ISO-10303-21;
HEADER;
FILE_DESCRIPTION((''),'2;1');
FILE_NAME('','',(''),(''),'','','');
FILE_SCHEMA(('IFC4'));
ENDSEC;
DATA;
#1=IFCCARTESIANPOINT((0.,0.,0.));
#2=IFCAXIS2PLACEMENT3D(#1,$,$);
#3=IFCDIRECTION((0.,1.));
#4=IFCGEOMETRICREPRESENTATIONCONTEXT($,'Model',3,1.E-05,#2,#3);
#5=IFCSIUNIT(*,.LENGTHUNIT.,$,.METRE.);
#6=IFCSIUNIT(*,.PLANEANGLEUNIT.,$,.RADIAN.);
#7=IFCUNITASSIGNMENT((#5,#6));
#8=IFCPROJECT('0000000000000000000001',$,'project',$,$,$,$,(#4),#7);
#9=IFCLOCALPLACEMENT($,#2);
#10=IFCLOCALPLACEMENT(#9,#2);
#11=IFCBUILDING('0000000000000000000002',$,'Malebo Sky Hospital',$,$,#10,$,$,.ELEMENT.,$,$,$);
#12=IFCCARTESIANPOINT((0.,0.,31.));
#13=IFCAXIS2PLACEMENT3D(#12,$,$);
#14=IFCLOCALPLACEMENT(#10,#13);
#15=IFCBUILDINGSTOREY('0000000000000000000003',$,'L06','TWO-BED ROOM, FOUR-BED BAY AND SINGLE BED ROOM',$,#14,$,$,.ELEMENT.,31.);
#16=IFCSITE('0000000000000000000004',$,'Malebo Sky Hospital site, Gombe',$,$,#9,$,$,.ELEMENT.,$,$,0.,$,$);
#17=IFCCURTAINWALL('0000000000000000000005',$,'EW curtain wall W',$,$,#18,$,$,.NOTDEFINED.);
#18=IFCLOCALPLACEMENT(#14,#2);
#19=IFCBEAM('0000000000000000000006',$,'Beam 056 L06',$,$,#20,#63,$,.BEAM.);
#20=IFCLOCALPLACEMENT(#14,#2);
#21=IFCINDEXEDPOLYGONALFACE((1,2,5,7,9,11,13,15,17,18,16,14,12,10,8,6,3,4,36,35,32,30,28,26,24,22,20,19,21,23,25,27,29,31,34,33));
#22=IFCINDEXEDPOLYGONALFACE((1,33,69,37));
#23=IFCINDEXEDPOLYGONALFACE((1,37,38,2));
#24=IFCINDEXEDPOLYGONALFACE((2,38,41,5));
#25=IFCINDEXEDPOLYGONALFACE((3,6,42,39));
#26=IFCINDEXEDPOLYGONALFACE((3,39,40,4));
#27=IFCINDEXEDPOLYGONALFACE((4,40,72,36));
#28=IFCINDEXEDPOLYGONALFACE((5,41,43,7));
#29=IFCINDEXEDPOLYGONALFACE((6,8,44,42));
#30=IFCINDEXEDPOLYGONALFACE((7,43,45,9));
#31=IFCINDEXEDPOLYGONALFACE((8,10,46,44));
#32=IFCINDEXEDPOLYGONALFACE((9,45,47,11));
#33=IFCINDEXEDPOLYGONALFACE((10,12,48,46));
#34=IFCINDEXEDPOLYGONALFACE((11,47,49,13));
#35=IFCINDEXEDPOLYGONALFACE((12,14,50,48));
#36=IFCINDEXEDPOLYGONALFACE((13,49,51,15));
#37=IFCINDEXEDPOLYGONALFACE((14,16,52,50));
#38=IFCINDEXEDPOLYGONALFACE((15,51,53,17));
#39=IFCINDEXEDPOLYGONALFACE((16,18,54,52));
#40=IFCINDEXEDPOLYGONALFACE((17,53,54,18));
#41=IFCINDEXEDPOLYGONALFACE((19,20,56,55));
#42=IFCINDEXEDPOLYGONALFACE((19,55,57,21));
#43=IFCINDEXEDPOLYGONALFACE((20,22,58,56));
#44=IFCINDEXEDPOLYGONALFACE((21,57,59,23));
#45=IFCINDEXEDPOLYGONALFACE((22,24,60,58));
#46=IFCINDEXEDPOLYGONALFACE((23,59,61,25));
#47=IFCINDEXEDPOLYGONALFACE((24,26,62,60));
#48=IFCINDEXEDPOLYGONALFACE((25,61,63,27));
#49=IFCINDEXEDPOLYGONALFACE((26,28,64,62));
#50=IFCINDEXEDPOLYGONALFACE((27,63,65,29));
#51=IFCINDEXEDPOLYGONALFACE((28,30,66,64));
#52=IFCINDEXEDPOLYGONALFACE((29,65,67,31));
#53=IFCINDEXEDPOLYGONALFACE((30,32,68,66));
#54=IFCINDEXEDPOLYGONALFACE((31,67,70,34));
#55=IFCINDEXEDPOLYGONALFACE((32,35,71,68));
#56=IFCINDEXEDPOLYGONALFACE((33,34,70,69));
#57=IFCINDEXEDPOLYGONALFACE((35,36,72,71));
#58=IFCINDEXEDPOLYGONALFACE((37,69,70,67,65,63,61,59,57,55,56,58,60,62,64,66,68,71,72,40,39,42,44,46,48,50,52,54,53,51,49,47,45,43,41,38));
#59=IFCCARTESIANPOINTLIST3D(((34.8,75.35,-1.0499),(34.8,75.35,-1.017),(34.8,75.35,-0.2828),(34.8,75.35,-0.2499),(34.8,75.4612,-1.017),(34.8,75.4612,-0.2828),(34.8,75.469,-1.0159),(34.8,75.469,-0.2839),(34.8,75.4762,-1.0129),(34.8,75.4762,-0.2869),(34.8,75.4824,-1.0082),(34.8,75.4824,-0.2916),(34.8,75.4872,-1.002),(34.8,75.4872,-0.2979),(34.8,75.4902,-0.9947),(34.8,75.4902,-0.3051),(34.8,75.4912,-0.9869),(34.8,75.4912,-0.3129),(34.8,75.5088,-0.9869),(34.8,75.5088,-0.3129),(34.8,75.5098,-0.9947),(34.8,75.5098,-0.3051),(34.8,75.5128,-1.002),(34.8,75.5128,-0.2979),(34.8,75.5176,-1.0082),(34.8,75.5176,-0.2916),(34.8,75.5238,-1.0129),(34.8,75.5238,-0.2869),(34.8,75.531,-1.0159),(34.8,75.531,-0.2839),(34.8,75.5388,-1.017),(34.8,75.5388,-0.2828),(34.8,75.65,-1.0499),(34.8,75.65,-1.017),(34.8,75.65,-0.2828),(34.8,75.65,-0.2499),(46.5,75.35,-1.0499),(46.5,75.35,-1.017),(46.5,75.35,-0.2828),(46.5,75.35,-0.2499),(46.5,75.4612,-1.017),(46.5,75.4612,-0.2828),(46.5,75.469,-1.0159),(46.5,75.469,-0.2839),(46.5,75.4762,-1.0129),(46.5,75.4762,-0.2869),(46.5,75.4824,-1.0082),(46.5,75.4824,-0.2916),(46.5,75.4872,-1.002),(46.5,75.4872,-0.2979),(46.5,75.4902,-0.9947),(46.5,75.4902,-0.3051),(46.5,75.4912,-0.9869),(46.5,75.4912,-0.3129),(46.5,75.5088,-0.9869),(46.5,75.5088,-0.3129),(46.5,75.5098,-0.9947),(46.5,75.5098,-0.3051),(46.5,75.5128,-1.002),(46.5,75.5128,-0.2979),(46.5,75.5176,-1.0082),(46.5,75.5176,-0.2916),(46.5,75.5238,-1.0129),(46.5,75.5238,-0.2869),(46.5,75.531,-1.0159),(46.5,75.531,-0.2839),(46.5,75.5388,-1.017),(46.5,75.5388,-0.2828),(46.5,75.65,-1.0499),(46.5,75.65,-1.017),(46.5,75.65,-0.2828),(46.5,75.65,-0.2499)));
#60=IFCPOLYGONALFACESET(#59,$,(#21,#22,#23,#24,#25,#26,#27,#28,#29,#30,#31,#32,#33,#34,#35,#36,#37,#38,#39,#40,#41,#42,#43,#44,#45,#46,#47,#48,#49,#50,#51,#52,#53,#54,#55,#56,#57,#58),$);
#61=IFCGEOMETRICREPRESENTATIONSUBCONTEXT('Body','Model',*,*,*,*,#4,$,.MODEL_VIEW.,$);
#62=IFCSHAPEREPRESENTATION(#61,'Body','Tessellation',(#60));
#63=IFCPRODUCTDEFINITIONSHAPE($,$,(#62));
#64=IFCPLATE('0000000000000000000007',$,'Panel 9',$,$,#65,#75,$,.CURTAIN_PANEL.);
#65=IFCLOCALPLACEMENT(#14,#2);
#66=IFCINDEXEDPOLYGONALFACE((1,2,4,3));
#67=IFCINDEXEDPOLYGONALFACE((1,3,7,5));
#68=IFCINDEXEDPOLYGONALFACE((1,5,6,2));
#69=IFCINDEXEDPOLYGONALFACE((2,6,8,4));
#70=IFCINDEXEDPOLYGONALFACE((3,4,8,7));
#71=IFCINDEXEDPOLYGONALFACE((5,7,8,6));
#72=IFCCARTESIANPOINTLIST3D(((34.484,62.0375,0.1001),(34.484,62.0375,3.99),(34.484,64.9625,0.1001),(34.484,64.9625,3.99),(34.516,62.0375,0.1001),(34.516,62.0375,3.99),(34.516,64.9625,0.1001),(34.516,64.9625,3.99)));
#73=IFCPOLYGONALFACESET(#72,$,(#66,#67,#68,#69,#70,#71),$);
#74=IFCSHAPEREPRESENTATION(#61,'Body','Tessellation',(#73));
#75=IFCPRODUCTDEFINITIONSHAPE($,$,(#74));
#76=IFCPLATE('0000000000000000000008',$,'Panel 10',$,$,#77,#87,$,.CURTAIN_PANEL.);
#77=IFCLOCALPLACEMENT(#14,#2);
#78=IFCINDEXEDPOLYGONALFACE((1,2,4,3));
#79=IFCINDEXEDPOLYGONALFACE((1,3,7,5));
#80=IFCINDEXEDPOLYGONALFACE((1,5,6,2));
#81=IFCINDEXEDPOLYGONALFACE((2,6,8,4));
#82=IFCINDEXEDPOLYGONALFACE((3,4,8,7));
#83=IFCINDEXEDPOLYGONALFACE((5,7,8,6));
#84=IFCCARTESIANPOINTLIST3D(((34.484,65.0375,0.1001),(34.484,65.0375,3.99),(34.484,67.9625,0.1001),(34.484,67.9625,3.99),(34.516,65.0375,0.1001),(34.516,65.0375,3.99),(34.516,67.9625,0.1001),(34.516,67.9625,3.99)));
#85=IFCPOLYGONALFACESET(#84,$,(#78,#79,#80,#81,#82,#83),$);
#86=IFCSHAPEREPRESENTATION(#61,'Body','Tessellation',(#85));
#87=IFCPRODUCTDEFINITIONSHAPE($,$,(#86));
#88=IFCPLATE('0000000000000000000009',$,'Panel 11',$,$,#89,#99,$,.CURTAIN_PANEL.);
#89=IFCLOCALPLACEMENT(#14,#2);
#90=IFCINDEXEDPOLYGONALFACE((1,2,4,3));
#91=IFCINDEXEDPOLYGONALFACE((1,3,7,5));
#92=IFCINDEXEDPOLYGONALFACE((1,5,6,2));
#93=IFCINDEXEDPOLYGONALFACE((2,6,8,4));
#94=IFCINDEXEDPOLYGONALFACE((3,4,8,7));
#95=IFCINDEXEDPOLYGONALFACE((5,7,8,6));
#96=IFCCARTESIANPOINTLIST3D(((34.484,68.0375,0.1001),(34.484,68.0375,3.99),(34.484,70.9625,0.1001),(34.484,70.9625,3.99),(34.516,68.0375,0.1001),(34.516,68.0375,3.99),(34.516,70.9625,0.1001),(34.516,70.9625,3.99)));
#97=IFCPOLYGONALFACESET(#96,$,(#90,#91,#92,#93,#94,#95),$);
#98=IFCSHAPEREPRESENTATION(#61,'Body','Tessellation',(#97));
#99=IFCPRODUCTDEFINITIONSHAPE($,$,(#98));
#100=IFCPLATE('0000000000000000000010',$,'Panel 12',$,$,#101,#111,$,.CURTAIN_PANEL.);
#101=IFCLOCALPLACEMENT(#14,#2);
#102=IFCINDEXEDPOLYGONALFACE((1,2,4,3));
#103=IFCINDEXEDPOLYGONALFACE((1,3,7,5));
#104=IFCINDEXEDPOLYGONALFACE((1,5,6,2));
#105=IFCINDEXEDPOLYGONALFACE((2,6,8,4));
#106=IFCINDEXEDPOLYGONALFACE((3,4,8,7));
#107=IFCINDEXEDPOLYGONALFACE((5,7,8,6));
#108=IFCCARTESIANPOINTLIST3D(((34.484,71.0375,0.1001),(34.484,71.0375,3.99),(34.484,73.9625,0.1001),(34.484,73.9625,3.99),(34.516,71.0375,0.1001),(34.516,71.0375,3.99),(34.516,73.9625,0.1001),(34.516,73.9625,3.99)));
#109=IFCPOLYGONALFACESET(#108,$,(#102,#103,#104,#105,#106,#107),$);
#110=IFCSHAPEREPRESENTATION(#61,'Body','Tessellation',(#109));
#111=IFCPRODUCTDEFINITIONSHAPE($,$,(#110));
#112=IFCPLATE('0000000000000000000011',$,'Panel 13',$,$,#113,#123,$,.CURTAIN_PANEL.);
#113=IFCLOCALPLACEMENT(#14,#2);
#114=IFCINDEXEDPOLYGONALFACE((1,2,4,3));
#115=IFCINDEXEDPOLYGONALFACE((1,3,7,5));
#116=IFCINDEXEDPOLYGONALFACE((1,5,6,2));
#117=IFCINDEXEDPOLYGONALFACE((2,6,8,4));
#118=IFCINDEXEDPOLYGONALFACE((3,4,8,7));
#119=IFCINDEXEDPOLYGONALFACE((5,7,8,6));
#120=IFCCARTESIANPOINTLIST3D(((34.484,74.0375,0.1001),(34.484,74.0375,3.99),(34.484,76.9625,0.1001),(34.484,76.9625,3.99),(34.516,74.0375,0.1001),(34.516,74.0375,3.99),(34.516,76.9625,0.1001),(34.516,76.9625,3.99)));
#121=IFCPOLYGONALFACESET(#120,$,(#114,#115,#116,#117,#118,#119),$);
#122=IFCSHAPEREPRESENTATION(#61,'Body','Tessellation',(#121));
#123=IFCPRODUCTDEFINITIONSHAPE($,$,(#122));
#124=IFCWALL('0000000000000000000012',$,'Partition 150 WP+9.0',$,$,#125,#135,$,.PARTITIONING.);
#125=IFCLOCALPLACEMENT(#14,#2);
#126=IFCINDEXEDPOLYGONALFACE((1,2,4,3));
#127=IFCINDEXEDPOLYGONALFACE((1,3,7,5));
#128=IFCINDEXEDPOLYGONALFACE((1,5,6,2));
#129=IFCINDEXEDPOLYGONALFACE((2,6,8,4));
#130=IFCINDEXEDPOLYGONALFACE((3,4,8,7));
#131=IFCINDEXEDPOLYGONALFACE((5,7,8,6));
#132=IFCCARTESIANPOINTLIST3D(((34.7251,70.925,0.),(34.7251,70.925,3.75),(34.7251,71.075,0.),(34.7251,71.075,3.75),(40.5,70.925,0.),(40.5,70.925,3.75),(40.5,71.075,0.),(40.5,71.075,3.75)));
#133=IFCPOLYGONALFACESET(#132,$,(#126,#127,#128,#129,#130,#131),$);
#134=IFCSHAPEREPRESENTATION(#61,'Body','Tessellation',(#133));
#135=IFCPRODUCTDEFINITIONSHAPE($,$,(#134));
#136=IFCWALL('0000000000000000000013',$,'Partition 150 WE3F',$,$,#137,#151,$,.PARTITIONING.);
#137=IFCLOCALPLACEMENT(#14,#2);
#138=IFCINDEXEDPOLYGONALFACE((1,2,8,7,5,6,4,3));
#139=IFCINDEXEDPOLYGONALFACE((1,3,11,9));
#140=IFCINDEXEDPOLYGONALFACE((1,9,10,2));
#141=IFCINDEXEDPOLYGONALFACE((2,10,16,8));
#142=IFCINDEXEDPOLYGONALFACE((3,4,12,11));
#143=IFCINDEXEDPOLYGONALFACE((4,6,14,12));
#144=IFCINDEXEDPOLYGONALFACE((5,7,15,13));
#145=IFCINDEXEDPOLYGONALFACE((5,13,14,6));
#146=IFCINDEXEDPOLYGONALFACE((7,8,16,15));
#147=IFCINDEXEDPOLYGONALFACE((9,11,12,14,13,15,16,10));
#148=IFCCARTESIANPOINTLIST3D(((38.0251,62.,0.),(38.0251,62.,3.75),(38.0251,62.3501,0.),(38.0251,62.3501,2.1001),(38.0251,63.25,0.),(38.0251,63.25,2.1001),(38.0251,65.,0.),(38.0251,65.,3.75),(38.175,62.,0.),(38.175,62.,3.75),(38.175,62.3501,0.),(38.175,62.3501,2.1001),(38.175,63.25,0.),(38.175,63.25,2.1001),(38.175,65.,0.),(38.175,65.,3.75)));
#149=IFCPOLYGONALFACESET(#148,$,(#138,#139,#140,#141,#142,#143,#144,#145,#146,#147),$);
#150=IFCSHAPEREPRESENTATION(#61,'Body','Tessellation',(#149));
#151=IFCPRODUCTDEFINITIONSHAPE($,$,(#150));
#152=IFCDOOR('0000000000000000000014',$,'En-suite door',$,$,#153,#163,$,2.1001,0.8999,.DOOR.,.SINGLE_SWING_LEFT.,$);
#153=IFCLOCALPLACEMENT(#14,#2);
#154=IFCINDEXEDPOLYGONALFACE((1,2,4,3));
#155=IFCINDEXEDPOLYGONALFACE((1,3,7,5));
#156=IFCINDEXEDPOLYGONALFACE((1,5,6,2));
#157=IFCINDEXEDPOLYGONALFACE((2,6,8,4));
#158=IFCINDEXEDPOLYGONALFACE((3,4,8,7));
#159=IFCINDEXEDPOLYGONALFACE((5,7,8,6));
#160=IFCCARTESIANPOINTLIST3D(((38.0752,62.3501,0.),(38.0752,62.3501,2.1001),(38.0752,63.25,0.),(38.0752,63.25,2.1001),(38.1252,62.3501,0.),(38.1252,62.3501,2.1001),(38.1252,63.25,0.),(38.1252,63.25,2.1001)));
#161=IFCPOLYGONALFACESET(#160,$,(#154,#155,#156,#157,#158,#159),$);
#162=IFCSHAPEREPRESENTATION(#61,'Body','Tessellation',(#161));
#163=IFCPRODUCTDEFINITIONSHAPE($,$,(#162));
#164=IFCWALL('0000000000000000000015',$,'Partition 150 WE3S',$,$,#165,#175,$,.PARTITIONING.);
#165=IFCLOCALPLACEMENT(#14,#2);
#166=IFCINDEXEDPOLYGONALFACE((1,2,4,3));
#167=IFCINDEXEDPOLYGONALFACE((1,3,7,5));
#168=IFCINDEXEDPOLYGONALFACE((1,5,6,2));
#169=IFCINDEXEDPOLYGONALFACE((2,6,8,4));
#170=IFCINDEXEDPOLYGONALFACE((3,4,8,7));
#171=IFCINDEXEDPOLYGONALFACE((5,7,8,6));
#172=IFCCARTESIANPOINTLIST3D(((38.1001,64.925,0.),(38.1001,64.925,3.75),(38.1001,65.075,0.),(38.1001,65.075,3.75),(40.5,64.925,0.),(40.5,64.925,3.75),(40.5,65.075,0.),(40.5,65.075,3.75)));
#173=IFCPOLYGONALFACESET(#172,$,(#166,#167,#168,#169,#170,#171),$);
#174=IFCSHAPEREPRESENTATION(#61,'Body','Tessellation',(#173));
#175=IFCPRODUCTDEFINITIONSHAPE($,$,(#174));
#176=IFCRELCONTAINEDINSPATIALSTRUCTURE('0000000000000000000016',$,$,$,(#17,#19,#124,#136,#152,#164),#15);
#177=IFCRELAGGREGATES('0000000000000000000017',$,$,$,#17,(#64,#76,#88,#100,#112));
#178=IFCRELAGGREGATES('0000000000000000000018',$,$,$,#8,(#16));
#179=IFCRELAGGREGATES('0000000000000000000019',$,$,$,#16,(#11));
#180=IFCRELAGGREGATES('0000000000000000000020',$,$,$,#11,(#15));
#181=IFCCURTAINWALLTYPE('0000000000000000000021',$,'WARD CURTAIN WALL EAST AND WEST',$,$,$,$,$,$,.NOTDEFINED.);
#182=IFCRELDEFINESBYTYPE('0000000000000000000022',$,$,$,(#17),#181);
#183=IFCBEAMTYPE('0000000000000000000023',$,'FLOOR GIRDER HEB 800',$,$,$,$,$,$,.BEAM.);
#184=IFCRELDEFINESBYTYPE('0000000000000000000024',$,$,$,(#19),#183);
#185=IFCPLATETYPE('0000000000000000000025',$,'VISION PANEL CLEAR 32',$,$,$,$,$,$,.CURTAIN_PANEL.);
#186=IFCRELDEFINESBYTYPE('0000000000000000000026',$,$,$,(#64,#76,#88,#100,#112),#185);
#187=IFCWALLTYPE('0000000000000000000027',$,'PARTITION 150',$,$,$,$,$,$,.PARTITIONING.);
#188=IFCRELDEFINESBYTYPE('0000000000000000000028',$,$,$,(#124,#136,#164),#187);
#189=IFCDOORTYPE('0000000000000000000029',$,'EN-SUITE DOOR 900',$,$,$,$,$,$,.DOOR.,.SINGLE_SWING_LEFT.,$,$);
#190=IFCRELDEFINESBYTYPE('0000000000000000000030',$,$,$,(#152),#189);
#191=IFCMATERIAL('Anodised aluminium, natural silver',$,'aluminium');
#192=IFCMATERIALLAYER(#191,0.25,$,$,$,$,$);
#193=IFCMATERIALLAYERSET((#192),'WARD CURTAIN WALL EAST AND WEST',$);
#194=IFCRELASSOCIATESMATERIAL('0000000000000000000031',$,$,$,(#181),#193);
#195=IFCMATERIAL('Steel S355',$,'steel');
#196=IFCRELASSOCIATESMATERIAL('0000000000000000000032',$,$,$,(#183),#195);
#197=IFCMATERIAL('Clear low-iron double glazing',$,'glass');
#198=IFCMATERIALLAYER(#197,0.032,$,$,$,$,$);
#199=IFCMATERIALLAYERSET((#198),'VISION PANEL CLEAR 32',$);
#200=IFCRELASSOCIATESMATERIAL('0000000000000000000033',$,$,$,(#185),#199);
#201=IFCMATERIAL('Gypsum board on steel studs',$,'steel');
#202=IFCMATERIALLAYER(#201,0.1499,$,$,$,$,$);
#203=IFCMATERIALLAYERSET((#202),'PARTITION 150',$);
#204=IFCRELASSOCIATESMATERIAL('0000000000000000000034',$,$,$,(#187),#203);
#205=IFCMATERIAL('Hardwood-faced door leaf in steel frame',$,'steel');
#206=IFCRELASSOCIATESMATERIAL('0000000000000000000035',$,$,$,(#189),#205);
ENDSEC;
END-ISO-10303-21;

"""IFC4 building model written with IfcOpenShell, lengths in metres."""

from ifc_helpers import new_model, si_unit, direction, frame, frame_2d, origin, origin_2d, place, context, subcontext, project, spatial, rectangle, i_section, extrude, material, layer, layer_set, material_profile, profile_set, type_object, element, fill, aggregate, save


model = new_model("IFC4")

# Units and contexts
model_context = context("Model", 3, precision=1e-05, world=origin(), true_north=direction((0.0, 1.0)))
body_context = subcontext(model_context, "Body", "Model", "MODEL_VIEW")
ifc_project = project(units=[si_unit("LENGTHUNIT", "METRE"), si_unit("PLANEANGLEUNIT", "RADIAN")], contexts=[model_context])

# Site, building, storey
site_placement = place(None, origin())
site = spatial("IfcSite", under=ifc_project, at=site_placement, Name="Malebo Sky Hospital site, Gombe", CompositionType="ELEMENT", RefElevation=0.0)
building_placement = place(site_placement, origin())
building = spatial("IfcBuilding", under=site, at=building_placement, Name="Malebo Sky Hospital", CompositionType="ELEMENT")
storey_placement = place(building_placement, frame((0.0, 0.0, 31.0)))
storey = spatial("IfcBuildingStorey", under=building, at=storey_placement, Name="L06", Description="TWO-BED ROOM, FOUR-BED BAY AND SINGLE BED ROOM", CompositionType="ELEMENT", Elevation=31.0)

# Curtain wall
ifc_material_1 = material(Name="Anodised aluminium, natural silver", Category="aluminium")
ifc_layer_1 = layer(ifc_material_1, 0.25)
ifc_layer_set_1 = layer_set([ifc_layer_1], Name="WARD CURTAIN WALL EAST AND WEST")
curtain_wall_type = type_object("IfcCurtainWallType", Name="WARD CURTAIN WALL EAST AND WEST", PredefinedType="NOTDEFINED", material=ifc_layer_set_1)
curtain_wall_placement = place(storey_placement, origin())
curtain_wall = element("IfcCurtainWall", 1, at=curtain_wall_placement, inside=storey, type_object=curtain_wall_type, Name="EW curtain wall W", PredefinedType="NOTDEFINED")

# Beam
ifc_material_2 = material(Name="Steel S355", Category="steel")
ifc_material_profile_1 = material_profile(ifc_material_2, i_section(OverallWidth=0.3, OverallDepth=0.8, WebThickness=0.0176, FlangeThickness=0.033, FilletRadius=0.03, at=origin_2d()), Name="HEB 800")
ifc_profile_set_1 = profile_set([ifc_material_profile_1], Name="Steel S355")
beam_type_1 = type_object("IfcBeamType", Name="FLOOR GIRDER HEB 800", PredefinedType="BEAM", material=ifc_profile_set_1)
beam_1_placement = place(storey_placement, frame((34.8, 75.5, -0.6499), z_axis=(1.0, 0.0, 0.0), x_axis=(0.0, 1.0, 0.0)))
element("IfcBeam", 2, at=beam_1_placement, inside=storey, type_object=beam_type_1, Name="Beam 056 L06", PredefinedType="BEAM", context=body_context, shape_type="SweptSolid", body=[
    extrude(i_section(OverallWidth=0.3, OverallDepth=0.8, WebThickness=0.0176, FlangeThickness=0.033, FilletRadius=0.03, at=origin_2d()), origin(), (0.0, 0.0, 1.0), 11.7),
])

# Plates
ifc_material_3 = material(Name="Clear low-iron double glazing", Category="glass")
ifc_layer_2 = layer(ifc_material_3, 0.032)
ifc_layer_set_2 = layer_set([ifc_layer_2], Name="VISION PANEL CLEAR 32")
plate_type = type_object("IfcPlateType", Name="VISION PANEL CLEAR 32", PredefinedType="CURTAIN_PANEL", material=ifc_layer_set_2)
plate_1_placement = place(storey_placement, frame((34.5, 63.5, 0.1001), z_axis=(0.0, 0.0, 1.0), x_axis=(0.0, 1.0, 0.0)))
plate_1 = element("IfcPlate", 3, at=plate_1_placement, type_object=plate_type, Name="Panel 9", PredefinedType="CURTAIN_PANEL", context=body_context, shape_type="SweptSolid", body=[
    extrude(rectangle(XDim=2.925, YDim=0.032, at=origin_2d()), origin(), (0.0, 0.0, 1.0), 3.8899),
])
plate_2_placement = place(storey_placement, frame((34.5, 66.5, 0.1001), z_axis=(0.0, 0.0, 1.0), x_axis=(0.0, 1.0, 0.0)))
plate_2 = element("IfcPlate", 4, at=plate_2_placement, type_object=plate_type, Name="Panel 10", PredefinedType="CURTAIN_PANEL", context=body_context, shape_type="SweptSolid", body=[
    extrude(rectangle(XDim=2.925, YDim=0.032, at=origin_2d()), origin(), (0.0, 0.0, 1.0), 3.8899),
])
plate_3_placement = place(storey_placement, frame((34.5, 69.5, 0.1001), z_axis=(0.0, 0.0, 1.0), x_axis=(0.0, 1.0, 0.0)))
plate_3 = element("IfcPlate", 5, at=plate_3_placement, type_object=plate_type, Name="Panel 11", PredefinedType="CURTAIN_PANEL", context=body_context, shape_type="SweptSolid", body=[
    extrude(rectangle(XDim=2.925, YDim=0.032, at=origin_2d()), origin(), (0.0, 0.0, 1.0), 3.8899),
])
plate_4_placement = place(storey_placement, frame((34.5, 72.5, 0.1001), z_axis=(0.0, 0.0, 1.0), x_axis=(0.0, 1.0, 0.0)))
plate_4 = element("IfcPlate", 6, at=plate_4_placement, type_object=plate_type, Name="Panel 12", PredefinedType="CURTAIN_PANEL", context=body_context, shape_type="SweptSolid", body=[
    extrude(rectangle(XDim=2.925, YDim=0.032, at=origin_2d()), origin(), (0.0, 0.0, 1.0), 3.8899),
])
plate_5_placement = place(storey_placement, frame((34.5, 75.5, 0.1001), z_axis=(0.0, 0.0, 1.0), x_axis=(0.0, 1.0, 0.0)))
plate_5 = element("IfcPlate", 7, at=plate_5_placement, type_object=plate_type, Name="Panel 13", PredefinedType="CURTAIN_PANEL", context=body_context, shape_type="SweptSolid", body=[
    extrude(rectangle(XDim=2.925, YDim=0.032, at=origin_2d()), origin(), (0.0, 0.0, 1.0), 3.8899),
])
aggregate(curtain_wall, [plate_1, plate_2, plate_3, plate_4, plate_5])

# Wall
ifc_material_4 = material(Name="Gypsum board on steel studs", Category="steel")
ifc_layer_3 = layer(ifc_material_4, 0.1499)
ifc_layer_set_3 = layer_set([ifc_layer_3], Name="PARTITION 150")
wall_type_1 = type_object("IfcWallType", Name="PARTITION 150", PredefinedType="PARTITIONING", material=ifc_layer_set_3)
wall_1_placement = place(storey_placement, frame((40.5, 71.0, 0.0), z_axis=(0.0, 0.0, 1.0), x_axis=(-1.0, 0.0, 0.0)))
element("IfcWall", 8, at=wall_1_placement, inside=storey, type_object=wall_type_1, Name="Partition 150 WP+9.0", PredefinedType="PARTITIONING", context=body_context, shape_type="SweptSolid", body=[
    extrude(rectangle(XDim=5.7749, YDim=0.1499, at=frame_2d((2.8875, 0.0))), origin(), (0.0, 0.0, 1.0), 3.75),
])

# Wall, opening, door
wall_2_placement = place(storey_placement, frame((38.1001, 62.0, 0.0), z_axis=(0.0, 0.0, 1.0), x_axis=(0.0, 1.0, 0.0)))
wall_2 = element("IfcWall", 9, at=wall_2_placement, inside=storey, type_object=wall_type_1, Name="Partition 150 WE3F", PredefinedType="PARTITIONING", context=body_context, shape_type="SweptSolid", body=[
    extrude(rectangle(XDim=3.0, YDim=0.1499, at=frame_2d((1.5, 0.0))), origin(), (0.0, 0.0, 1.0), 3.75),
])
opening_1_placement = place(wall_2_placement, frame((0.3501, 0.0, 0.0)))
opening_1 = element("IfcOpeningElement", 10, at=opening_1_placement, cuts=wall_2, PredefinedType="OPENING", context=body_context, shape_type="SweptSolid", body=[
    extrude(rectangle(XDim=0.8999, YDim=2.1001, at=frame_2d((0.45, 1.05))), frame((0.0, 0.085, 0.0), z_axis=(0.0, -1.0, 0.0), x_axis=(1.0, 0.0, 0.0)), (0.0, 0.0, 1.0), 0.1699),
])
ifc_material_5 = material(Name="Hardwood-faced door leaf in steel frame", Category="steel")
door_type = type_object("IfcDoorType", Name="EN-SUITE DOOR 900", OperationType="SINGLE_SWING_LEFT", PredefinedType="DOOR", material=ifc_material_5)
door_1_placement = place(opening_1_placement, origin())
door_1 = element("IfcDoor", 11, at=door_1_placement, inside=storey, type_object=door_type, Name="En-suite door", OperationType="SINGLE_SWING_LEFT", OverallHeight=2.1001, OverallWidth=0.8999, PredefinedType="DOOR", context=body_context, shape_type="SweptSolid", body=[
    extrude(rectangle(XDim=0.8999, YDim=2.1001, at=frame_2d((0.45, 1.05))), frame((0.0, 0.0249, 0.0), z_axis=(0.0, -1.0, 0.0), x_axis=(1.0, 0.0, 0.0)), (0.0, 0.0, 1.0), 0.05),
])
fill(opening_1, door_1)

# Wall
wall_3_placement = place(storey_placement, frame((40.5, 65.0, 0.0), z_axis=(0.0, 0.0, 1.0), x_axis=(-1.0, 0.0, 0.0)))
element("IfcWall", 12, at=wall_3_placement, inside=storey, type_object=wall_type_1, Name="Partition 150 WE3S", PredefinedType="PARTITIONING", context=body_context, shape_type="SweptSolid", body=[
    extrude(rectangle(XDim=2.3999, YDim=0.1499, at=frame_2d((1.2, 0.0))), origin(), (0.0, 0.0, 1.0), 3.75),
])

save(model, "model.ifc")
